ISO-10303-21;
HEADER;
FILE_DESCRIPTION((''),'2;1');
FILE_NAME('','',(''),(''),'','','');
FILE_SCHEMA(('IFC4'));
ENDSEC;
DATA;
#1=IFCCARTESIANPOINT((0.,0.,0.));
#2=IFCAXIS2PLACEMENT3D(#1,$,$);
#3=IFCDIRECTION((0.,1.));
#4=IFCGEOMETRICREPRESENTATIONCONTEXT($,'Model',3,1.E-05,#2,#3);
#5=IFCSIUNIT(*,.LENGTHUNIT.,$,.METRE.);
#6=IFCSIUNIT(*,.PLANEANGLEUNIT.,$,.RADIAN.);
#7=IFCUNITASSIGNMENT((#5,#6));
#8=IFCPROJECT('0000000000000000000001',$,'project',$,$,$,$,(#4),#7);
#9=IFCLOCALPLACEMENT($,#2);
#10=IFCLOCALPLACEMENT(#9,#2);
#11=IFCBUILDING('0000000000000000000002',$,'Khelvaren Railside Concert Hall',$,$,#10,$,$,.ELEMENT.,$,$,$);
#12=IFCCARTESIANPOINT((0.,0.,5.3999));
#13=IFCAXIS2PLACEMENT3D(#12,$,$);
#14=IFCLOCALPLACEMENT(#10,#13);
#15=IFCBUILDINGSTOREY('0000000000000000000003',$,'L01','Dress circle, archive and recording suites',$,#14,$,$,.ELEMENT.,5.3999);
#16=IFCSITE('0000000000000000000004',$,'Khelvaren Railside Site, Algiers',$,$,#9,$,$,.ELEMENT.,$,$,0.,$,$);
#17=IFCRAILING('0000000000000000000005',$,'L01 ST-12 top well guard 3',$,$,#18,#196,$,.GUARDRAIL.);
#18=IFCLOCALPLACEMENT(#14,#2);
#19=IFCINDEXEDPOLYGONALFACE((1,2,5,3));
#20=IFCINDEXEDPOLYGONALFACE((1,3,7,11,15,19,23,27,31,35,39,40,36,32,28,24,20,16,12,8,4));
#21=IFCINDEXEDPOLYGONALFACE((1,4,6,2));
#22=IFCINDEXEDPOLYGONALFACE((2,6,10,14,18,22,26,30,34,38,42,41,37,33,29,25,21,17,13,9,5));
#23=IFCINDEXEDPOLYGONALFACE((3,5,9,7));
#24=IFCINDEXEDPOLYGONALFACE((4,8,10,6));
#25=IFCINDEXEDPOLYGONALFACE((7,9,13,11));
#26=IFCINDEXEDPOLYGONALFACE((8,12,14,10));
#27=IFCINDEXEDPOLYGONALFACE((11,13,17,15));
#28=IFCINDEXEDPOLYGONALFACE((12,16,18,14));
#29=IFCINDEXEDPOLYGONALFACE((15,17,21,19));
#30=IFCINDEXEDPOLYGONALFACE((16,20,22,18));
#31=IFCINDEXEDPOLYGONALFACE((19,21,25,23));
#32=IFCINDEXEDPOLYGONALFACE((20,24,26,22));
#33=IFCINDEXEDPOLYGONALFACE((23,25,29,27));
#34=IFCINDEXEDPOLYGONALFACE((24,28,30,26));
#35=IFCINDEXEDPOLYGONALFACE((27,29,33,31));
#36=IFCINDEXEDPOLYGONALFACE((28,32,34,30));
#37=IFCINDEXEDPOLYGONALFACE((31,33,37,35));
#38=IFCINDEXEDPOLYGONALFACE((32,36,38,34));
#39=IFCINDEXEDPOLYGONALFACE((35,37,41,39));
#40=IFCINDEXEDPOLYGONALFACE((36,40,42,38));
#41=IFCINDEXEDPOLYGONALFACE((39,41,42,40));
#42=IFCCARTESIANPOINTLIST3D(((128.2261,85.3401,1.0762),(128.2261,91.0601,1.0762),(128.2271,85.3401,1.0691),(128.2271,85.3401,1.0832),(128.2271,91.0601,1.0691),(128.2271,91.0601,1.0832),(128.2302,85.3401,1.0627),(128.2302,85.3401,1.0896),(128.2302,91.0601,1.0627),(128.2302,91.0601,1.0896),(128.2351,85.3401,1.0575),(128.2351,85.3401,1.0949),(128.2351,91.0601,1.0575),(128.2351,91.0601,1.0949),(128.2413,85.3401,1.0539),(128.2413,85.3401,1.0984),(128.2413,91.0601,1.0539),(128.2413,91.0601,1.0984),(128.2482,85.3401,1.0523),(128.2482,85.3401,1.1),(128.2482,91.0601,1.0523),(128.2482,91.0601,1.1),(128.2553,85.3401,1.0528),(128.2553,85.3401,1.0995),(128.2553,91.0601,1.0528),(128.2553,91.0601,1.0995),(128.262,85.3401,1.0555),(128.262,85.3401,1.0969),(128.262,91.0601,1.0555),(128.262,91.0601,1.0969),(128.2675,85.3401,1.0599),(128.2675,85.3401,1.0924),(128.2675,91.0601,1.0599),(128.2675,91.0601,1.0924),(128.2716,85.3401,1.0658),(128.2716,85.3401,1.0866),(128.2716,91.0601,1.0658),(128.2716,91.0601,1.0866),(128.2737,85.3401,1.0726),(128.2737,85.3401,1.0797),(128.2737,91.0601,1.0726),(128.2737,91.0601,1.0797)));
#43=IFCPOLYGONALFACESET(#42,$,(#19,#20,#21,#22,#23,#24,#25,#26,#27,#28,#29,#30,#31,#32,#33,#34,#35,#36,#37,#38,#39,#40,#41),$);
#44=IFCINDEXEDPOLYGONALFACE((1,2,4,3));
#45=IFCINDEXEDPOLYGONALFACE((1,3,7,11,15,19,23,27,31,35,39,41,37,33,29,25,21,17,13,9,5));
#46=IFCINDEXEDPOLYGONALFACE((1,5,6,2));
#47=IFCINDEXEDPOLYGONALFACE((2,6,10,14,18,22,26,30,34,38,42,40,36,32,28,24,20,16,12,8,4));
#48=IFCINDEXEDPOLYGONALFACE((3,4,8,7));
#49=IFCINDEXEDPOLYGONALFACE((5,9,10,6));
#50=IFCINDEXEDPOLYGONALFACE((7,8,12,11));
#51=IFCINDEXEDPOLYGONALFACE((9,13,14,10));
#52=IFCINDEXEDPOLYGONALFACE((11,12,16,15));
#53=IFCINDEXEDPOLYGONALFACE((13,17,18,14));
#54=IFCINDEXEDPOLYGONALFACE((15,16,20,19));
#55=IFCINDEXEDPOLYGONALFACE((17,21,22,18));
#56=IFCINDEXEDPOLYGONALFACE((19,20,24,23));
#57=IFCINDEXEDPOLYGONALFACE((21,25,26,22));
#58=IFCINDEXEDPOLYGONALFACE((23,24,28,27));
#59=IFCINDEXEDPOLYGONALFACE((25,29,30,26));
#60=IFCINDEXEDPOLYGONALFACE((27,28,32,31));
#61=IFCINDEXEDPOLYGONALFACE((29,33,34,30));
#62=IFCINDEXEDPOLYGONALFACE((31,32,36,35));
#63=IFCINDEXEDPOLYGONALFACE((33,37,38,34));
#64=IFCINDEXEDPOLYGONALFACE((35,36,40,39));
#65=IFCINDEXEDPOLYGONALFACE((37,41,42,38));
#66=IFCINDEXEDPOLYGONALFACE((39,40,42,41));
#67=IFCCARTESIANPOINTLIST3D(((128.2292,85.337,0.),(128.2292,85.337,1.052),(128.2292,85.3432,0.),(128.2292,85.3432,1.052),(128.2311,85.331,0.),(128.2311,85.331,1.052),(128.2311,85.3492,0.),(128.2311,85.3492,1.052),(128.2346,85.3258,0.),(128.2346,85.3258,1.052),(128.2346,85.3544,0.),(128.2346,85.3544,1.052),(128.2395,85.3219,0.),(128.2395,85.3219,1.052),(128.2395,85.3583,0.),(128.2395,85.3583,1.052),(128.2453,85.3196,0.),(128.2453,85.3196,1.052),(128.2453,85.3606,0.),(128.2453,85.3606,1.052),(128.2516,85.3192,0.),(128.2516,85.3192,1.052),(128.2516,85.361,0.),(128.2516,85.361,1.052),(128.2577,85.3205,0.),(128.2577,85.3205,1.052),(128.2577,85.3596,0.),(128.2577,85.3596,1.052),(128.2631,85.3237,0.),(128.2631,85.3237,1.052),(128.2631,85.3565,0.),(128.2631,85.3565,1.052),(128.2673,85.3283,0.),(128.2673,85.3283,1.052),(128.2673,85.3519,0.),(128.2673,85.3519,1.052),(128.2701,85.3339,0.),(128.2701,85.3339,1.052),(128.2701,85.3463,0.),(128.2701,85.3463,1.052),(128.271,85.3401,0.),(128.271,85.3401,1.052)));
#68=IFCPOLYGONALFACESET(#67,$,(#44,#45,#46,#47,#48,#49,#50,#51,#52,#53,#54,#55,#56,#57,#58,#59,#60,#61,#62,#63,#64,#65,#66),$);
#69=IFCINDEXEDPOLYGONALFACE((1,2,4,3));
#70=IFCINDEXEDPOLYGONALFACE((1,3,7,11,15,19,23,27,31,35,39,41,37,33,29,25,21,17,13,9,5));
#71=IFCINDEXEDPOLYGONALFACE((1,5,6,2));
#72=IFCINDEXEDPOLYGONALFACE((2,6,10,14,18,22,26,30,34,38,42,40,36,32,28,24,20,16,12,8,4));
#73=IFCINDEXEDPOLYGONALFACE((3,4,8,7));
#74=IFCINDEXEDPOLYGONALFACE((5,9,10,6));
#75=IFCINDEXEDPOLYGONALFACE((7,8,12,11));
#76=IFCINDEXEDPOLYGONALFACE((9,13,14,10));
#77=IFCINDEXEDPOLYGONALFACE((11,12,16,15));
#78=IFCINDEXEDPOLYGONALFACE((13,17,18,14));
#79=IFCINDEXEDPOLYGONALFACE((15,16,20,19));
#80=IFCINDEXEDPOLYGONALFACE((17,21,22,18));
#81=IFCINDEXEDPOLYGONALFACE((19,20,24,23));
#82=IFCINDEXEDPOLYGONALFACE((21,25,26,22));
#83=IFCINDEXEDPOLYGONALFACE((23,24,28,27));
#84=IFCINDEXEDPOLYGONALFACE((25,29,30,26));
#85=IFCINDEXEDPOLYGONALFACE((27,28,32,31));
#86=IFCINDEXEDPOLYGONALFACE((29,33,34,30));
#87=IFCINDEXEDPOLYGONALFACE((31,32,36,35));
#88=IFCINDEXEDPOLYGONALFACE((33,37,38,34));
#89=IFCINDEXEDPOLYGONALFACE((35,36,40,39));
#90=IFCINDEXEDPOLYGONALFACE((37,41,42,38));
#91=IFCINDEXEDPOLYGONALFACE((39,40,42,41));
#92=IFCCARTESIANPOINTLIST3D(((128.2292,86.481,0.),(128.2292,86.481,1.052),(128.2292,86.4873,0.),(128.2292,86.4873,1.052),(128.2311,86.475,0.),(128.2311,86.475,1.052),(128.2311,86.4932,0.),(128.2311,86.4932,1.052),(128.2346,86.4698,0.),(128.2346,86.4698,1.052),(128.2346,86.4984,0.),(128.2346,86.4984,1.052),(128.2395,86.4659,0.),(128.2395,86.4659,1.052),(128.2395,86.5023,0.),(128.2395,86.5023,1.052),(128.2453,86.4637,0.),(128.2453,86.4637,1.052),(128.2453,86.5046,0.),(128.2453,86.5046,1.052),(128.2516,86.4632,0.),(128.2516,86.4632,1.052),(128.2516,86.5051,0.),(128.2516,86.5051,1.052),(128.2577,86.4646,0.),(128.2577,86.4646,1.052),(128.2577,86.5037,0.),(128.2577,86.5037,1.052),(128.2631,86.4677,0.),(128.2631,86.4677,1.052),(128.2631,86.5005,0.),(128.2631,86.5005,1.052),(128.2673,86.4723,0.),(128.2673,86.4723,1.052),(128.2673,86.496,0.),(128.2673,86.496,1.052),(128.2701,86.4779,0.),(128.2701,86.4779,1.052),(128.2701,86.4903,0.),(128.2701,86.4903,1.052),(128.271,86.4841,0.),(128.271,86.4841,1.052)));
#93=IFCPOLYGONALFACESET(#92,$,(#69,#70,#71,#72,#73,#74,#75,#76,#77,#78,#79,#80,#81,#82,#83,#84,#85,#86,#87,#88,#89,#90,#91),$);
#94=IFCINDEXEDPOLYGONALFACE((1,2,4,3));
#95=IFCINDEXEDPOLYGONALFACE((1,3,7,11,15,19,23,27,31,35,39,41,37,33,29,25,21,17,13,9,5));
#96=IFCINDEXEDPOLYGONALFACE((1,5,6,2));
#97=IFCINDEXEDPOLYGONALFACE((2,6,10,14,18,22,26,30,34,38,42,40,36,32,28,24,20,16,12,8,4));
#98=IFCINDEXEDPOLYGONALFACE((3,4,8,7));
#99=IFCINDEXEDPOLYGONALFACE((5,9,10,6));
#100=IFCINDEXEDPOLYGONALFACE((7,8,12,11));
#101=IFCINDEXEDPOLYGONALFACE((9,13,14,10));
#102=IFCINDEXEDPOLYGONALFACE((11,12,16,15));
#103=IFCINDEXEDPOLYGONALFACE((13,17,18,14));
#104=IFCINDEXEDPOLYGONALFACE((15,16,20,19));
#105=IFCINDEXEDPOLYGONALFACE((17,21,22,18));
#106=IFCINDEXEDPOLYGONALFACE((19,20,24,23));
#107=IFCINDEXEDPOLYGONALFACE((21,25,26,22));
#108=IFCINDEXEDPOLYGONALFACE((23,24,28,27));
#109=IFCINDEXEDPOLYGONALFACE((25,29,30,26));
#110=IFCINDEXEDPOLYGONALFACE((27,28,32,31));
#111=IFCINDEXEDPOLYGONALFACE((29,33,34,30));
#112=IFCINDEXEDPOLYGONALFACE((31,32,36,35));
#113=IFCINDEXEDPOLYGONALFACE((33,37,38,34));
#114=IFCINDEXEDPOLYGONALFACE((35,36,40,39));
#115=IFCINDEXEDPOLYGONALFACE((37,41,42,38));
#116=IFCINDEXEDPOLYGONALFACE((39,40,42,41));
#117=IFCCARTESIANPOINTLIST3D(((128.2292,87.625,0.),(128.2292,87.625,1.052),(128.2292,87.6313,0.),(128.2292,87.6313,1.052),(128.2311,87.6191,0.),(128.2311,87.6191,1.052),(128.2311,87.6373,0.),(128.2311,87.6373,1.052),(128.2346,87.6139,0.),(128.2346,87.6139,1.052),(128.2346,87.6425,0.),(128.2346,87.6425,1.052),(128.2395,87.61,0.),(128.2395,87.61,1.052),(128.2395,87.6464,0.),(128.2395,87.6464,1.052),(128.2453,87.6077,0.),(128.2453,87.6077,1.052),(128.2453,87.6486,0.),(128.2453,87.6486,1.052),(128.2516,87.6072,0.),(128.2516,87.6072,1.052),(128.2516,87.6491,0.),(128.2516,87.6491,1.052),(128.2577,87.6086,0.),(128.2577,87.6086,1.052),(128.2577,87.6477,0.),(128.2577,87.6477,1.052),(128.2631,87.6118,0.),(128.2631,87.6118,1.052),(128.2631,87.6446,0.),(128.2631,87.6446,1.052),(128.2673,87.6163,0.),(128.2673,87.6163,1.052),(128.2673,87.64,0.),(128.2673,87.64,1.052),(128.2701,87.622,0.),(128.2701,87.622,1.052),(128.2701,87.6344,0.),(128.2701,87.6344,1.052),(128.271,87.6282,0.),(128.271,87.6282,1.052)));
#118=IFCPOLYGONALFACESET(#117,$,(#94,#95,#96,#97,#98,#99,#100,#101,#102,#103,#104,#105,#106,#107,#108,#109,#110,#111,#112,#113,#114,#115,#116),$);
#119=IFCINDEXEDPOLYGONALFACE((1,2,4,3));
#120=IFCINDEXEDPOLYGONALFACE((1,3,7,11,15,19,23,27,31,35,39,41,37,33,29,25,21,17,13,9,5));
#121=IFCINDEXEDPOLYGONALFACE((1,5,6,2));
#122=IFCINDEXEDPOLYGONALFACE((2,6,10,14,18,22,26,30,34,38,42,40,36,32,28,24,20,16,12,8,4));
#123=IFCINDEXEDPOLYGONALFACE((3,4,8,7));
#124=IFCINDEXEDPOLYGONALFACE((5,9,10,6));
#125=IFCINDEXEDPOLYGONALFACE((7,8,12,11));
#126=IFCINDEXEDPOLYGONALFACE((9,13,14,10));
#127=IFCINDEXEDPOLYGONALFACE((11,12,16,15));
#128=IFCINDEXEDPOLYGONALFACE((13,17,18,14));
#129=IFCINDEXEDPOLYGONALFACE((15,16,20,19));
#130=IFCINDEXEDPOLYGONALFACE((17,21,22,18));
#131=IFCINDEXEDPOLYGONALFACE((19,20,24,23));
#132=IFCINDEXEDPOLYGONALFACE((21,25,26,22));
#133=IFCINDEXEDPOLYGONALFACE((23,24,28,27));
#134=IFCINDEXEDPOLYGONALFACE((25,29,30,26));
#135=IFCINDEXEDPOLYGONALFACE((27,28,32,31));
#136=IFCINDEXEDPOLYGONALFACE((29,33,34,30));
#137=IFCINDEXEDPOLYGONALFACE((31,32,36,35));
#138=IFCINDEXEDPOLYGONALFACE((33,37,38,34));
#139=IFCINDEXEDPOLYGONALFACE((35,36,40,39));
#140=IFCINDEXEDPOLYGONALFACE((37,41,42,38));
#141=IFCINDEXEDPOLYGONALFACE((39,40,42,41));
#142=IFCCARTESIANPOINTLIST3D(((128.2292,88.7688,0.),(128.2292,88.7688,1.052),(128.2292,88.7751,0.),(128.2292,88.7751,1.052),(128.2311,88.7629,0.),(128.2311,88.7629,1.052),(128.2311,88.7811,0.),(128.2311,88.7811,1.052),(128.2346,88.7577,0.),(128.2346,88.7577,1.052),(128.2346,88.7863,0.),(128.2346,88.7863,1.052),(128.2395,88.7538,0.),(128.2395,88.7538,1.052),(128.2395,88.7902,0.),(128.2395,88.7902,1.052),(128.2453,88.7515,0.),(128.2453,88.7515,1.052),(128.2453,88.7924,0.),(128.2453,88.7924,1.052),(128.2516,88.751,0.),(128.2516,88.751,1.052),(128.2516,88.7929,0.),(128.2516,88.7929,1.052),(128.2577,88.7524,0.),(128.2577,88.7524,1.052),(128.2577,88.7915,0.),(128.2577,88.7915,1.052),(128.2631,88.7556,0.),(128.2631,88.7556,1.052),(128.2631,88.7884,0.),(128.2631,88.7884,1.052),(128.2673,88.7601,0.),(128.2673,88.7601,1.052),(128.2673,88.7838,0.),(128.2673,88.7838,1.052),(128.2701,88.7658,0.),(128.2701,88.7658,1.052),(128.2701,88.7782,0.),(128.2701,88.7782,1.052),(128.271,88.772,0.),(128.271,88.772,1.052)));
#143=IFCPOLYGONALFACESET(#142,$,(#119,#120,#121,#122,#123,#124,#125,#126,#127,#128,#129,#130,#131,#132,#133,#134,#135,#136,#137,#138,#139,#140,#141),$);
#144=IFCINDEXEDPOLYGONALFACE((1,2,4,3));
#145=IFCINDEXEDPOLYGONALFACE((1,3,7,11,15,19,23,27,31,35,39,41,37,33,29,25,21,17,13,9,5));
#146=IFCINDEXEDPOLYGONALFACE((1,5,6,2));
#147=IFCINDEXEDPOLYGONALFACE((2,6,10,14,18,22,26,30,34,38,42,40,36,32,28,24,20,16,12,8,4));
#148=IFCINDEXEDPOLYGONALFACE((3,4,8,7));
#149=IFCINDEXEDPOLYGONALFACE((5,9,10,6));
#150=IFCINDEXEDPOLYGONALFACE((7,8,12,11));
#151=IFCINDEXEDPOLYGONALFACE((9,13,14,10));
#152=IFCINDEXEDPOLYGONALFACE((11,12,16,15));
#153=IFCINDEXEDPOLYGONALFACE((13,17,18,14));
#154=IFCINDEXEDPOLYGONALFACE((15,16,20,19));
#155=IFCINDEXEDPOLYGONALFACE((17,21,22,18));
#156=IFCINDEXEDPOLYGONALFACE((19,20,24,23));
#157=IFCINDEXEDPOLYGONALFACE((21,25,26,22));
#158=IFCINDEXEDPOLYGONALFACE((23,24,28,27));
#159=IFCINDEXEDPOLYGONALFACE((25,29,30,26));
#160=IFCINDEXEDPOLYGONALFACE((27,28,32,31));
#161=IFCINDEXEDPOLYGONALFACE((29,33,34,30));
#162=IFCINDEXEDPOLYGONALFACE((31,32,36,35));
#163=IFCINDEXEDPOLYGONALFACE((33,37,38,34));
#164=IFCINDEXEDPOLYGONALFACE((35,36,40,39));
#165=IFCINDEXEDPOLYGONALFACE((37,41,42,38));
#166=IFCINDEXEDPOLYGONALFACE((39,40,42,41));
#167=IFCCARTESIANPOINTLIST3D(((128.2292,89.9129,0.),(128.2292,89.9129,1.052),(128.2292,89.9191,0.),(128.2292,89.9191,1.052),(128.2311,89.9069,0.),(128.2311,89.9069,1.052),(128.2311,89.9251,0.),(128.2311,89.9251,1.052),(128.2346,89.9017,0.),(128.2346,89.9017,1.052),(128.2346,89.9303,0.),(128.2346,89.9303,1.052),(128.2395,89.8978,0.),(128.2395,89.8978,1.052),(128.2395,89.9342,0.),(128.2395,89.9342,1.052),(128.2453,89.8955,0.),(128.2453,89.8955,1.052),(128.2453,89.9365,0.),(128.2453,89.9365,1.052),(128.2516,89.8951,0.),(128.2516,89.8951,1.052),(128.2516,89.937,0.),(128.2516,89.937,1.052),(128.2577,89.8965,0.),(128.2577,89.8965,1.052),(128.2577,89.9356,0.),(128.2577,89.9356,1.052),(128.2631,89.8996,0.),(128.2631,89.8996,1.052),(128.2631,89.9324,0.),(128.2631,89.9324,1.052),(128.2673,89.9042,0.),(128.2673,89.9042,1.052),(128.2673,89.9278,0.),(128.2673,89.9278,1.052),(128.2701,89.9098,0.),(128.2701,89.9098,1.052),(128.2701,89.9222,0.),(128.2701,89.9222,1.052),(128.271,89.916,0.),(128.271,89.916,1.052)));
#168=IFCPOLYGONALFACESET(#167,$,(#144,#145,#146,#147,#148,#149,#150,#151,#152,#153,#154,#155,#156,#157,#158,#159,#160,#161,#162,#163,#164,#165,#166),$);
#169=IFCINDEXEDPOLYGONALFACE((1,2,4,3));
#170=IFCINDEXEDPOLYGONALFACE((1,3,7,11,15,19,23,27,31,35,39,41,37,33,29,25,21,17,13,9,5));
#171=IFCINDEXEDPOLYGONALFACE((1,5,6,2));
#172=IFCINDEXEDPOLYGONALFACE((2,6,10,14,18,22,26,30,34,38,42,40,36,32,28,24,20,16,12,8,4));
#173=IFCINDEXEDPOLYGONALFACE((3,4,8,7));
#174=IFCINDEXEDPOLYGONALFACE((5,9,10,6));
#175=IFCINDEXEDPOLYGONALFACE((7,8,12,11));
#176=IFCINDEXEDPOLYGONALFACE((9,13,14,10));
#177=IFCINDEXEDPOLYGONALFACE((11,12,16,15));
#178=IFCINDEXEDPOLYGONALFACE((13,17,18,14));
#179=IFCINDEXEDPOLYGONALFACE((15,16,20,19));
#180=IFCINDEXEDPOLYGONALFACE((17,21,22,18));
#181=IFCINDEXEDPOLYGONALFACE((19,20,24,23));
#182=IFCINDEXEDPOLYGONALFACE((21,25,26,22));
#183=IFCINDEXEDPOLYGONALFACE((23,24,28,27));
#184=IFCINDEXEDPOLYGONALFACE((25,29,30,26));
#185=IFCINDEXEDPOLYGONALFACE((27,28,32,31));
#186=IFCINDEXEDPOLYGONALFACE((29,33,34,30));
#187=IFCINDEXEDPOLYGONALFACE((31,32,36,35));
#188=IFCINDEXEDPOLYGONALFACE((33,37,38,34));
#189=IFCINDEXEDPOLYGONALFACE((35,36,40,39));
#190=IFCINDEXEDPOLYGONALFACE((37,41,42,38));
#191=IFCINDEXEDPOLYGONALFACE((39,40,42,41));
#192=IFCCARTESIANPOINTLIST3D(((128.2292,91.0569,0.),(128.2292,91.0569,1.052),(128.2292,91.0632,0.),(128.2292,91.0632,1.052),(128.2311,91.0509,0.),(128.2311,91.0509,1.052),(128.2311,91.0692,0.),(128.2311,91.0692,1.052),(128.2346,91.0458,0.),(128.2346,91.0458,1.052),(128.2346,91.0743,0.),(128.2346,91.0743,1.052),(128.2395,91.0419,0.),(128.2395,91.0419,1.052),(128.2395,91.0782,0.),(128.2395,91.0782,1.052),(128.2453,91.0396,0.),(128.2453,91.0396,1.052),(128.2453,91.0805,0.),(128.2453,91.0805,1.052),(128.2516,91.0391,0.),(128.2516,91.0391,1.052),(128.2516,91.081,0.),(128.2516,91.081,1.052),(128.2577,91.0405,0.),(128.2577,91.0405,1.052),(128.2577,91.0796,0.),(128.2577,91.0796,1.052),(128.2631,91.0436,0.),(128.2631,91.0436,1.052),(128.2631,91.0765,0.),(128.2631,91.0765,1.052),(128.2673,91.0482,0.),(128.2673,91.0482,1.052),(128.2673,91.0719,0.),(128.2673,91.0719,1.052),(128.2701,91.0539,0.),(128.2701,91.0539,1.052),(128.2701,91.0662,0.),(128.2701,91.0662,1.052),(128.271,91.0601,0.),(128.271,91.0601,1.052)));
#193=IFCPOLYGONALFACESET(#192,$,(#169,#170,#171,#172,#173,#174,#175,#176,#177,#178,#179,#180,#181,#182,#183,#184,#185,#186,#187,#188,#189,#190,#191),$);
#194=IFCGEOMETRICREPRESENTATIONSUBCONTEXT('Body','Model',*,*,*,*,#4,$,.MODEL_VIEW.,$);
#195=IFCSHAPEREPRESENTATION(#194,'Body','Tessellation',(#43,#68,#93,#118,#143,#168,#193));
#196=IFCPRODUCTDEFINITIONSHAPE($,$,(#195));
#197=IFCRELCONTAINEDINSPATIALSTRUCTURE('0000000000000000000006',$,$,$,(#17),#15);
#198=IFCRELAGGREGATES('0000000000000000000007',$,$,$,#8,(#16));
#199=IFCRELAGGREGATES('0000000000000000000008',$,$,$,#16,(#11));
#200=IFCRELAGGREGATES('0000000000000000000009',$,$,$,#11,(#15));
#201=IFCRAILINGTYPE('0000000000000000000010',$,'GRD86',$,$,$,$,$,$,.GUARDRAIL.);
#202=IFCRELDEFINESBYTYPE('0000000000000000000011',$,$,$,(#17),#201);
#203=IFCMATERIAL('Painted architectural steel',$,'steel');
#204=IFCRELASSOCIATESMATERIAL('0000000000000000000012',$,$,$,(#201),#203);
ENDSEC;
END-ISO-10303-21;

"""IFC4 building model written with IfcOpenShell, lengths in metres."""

from ifc_helpers import new_model, si_unit, direction, frame, origin, origin_2d, place, context, subcontext, project, spatial, circle, extrude, material, type_object, element, save


model = new_model("IFC4")

# Units and contexts
model_context = context("Model", 3, precision=1e-05, world=origin(), true_north=direction((0.0, 1.0)))
body_context = subcontext(model_context, "Body", "Model", "MODEL_VIEW")
ifc_project = project(units=[si_unit("LENGTHUNIT", "METRE"), si_unit("PLANEANGLEUNIT", "RADIAN")], contexts=[model_context])

# Site, building, storey
site_placement = place(None, origin())
site = spatial("IfcSite", under=ifc_project, at=site_placement, Name="Khelvaren Railside Site, Algiers", CompositionType="ELEMENT", RefElevation=0.0)
building_placement = place(site_placement, origin())
building = spatial("IfcBuilding", under=site, at=building_placement, Name="Khelvaren Railside Concert Hall", CompositionType="ELEMENT")
storey_placement = place(building_placement, frame((0.0, 0.0, 5.3999)))
storey = spatial("IfcBuildingStorey", under=building, at=storey_placement, Name="L01", Description="Dress circle, archive and recording suites", CompositionType="ELEMENT", Elevation=5.3999)

# Railing
ifc_material_1 = material(Name="Painted architectural steel", Category="steel")
railing_type = type_object("IfcRailingType", Name="GRD86", PredefinedType="GUARDRAIL", material=ifc_material_1)
for number, where, name in (
    (1, (128.25, 85.3401, 0.0), "L01 ST-12 top well guard 3"),
):
    element("IfcRailing", number, at=place(storey_placement, frame(where)), inside=storey, type_object=railing_type, Name=name, PredefinedType="GUARDRAIL", context=body_context, shape_type="SweptSolid", body=[
        extrude(circle(Radius=0.0239, at=origin_2d()), frame((0.0, 0.0, 1.0762), z_axis=(0.0, 1.0, 0.0), x_axis=(-1.0, 0.0, 0.0)), (0.0, 0.0, 1.0), 5.72),
        extrude(circle(Radius=0.021, at=origin_2d()), origin(), (0.0, 0.0, 1.0), 1.052),
        extrude(circle(Radius=0.021, at=origin_2d()), frame((0.0, 1.144, 0.0)), (0.0, 0.0, 1.0), 1.052),
        extrude(circle(Radius=0.021, at=origin_2d()), frame((0.0, 2.2881, 0.0)), (0.0, 0.0, 1.0), 1.052),
        extrude(circle(Radius=0.021, at=origin_2d()), frame((0.0, 3.4319, 0.0)), (0.0, 0.0, 1.0), 1.052),
        extrude(circle(Radius=0.021, at=origin_2d()), frame((0.0, 4.5759, 0.0)), (0.0, 0.0, 1.0), 1.052),
        extrude(circle(Radius=0.021, at=origin_2d()), frame((0.0, 5.72, 0.0)), (0.0, 0.0, 1.0), 1.052),
    ])

save(model, "model.ifc")
